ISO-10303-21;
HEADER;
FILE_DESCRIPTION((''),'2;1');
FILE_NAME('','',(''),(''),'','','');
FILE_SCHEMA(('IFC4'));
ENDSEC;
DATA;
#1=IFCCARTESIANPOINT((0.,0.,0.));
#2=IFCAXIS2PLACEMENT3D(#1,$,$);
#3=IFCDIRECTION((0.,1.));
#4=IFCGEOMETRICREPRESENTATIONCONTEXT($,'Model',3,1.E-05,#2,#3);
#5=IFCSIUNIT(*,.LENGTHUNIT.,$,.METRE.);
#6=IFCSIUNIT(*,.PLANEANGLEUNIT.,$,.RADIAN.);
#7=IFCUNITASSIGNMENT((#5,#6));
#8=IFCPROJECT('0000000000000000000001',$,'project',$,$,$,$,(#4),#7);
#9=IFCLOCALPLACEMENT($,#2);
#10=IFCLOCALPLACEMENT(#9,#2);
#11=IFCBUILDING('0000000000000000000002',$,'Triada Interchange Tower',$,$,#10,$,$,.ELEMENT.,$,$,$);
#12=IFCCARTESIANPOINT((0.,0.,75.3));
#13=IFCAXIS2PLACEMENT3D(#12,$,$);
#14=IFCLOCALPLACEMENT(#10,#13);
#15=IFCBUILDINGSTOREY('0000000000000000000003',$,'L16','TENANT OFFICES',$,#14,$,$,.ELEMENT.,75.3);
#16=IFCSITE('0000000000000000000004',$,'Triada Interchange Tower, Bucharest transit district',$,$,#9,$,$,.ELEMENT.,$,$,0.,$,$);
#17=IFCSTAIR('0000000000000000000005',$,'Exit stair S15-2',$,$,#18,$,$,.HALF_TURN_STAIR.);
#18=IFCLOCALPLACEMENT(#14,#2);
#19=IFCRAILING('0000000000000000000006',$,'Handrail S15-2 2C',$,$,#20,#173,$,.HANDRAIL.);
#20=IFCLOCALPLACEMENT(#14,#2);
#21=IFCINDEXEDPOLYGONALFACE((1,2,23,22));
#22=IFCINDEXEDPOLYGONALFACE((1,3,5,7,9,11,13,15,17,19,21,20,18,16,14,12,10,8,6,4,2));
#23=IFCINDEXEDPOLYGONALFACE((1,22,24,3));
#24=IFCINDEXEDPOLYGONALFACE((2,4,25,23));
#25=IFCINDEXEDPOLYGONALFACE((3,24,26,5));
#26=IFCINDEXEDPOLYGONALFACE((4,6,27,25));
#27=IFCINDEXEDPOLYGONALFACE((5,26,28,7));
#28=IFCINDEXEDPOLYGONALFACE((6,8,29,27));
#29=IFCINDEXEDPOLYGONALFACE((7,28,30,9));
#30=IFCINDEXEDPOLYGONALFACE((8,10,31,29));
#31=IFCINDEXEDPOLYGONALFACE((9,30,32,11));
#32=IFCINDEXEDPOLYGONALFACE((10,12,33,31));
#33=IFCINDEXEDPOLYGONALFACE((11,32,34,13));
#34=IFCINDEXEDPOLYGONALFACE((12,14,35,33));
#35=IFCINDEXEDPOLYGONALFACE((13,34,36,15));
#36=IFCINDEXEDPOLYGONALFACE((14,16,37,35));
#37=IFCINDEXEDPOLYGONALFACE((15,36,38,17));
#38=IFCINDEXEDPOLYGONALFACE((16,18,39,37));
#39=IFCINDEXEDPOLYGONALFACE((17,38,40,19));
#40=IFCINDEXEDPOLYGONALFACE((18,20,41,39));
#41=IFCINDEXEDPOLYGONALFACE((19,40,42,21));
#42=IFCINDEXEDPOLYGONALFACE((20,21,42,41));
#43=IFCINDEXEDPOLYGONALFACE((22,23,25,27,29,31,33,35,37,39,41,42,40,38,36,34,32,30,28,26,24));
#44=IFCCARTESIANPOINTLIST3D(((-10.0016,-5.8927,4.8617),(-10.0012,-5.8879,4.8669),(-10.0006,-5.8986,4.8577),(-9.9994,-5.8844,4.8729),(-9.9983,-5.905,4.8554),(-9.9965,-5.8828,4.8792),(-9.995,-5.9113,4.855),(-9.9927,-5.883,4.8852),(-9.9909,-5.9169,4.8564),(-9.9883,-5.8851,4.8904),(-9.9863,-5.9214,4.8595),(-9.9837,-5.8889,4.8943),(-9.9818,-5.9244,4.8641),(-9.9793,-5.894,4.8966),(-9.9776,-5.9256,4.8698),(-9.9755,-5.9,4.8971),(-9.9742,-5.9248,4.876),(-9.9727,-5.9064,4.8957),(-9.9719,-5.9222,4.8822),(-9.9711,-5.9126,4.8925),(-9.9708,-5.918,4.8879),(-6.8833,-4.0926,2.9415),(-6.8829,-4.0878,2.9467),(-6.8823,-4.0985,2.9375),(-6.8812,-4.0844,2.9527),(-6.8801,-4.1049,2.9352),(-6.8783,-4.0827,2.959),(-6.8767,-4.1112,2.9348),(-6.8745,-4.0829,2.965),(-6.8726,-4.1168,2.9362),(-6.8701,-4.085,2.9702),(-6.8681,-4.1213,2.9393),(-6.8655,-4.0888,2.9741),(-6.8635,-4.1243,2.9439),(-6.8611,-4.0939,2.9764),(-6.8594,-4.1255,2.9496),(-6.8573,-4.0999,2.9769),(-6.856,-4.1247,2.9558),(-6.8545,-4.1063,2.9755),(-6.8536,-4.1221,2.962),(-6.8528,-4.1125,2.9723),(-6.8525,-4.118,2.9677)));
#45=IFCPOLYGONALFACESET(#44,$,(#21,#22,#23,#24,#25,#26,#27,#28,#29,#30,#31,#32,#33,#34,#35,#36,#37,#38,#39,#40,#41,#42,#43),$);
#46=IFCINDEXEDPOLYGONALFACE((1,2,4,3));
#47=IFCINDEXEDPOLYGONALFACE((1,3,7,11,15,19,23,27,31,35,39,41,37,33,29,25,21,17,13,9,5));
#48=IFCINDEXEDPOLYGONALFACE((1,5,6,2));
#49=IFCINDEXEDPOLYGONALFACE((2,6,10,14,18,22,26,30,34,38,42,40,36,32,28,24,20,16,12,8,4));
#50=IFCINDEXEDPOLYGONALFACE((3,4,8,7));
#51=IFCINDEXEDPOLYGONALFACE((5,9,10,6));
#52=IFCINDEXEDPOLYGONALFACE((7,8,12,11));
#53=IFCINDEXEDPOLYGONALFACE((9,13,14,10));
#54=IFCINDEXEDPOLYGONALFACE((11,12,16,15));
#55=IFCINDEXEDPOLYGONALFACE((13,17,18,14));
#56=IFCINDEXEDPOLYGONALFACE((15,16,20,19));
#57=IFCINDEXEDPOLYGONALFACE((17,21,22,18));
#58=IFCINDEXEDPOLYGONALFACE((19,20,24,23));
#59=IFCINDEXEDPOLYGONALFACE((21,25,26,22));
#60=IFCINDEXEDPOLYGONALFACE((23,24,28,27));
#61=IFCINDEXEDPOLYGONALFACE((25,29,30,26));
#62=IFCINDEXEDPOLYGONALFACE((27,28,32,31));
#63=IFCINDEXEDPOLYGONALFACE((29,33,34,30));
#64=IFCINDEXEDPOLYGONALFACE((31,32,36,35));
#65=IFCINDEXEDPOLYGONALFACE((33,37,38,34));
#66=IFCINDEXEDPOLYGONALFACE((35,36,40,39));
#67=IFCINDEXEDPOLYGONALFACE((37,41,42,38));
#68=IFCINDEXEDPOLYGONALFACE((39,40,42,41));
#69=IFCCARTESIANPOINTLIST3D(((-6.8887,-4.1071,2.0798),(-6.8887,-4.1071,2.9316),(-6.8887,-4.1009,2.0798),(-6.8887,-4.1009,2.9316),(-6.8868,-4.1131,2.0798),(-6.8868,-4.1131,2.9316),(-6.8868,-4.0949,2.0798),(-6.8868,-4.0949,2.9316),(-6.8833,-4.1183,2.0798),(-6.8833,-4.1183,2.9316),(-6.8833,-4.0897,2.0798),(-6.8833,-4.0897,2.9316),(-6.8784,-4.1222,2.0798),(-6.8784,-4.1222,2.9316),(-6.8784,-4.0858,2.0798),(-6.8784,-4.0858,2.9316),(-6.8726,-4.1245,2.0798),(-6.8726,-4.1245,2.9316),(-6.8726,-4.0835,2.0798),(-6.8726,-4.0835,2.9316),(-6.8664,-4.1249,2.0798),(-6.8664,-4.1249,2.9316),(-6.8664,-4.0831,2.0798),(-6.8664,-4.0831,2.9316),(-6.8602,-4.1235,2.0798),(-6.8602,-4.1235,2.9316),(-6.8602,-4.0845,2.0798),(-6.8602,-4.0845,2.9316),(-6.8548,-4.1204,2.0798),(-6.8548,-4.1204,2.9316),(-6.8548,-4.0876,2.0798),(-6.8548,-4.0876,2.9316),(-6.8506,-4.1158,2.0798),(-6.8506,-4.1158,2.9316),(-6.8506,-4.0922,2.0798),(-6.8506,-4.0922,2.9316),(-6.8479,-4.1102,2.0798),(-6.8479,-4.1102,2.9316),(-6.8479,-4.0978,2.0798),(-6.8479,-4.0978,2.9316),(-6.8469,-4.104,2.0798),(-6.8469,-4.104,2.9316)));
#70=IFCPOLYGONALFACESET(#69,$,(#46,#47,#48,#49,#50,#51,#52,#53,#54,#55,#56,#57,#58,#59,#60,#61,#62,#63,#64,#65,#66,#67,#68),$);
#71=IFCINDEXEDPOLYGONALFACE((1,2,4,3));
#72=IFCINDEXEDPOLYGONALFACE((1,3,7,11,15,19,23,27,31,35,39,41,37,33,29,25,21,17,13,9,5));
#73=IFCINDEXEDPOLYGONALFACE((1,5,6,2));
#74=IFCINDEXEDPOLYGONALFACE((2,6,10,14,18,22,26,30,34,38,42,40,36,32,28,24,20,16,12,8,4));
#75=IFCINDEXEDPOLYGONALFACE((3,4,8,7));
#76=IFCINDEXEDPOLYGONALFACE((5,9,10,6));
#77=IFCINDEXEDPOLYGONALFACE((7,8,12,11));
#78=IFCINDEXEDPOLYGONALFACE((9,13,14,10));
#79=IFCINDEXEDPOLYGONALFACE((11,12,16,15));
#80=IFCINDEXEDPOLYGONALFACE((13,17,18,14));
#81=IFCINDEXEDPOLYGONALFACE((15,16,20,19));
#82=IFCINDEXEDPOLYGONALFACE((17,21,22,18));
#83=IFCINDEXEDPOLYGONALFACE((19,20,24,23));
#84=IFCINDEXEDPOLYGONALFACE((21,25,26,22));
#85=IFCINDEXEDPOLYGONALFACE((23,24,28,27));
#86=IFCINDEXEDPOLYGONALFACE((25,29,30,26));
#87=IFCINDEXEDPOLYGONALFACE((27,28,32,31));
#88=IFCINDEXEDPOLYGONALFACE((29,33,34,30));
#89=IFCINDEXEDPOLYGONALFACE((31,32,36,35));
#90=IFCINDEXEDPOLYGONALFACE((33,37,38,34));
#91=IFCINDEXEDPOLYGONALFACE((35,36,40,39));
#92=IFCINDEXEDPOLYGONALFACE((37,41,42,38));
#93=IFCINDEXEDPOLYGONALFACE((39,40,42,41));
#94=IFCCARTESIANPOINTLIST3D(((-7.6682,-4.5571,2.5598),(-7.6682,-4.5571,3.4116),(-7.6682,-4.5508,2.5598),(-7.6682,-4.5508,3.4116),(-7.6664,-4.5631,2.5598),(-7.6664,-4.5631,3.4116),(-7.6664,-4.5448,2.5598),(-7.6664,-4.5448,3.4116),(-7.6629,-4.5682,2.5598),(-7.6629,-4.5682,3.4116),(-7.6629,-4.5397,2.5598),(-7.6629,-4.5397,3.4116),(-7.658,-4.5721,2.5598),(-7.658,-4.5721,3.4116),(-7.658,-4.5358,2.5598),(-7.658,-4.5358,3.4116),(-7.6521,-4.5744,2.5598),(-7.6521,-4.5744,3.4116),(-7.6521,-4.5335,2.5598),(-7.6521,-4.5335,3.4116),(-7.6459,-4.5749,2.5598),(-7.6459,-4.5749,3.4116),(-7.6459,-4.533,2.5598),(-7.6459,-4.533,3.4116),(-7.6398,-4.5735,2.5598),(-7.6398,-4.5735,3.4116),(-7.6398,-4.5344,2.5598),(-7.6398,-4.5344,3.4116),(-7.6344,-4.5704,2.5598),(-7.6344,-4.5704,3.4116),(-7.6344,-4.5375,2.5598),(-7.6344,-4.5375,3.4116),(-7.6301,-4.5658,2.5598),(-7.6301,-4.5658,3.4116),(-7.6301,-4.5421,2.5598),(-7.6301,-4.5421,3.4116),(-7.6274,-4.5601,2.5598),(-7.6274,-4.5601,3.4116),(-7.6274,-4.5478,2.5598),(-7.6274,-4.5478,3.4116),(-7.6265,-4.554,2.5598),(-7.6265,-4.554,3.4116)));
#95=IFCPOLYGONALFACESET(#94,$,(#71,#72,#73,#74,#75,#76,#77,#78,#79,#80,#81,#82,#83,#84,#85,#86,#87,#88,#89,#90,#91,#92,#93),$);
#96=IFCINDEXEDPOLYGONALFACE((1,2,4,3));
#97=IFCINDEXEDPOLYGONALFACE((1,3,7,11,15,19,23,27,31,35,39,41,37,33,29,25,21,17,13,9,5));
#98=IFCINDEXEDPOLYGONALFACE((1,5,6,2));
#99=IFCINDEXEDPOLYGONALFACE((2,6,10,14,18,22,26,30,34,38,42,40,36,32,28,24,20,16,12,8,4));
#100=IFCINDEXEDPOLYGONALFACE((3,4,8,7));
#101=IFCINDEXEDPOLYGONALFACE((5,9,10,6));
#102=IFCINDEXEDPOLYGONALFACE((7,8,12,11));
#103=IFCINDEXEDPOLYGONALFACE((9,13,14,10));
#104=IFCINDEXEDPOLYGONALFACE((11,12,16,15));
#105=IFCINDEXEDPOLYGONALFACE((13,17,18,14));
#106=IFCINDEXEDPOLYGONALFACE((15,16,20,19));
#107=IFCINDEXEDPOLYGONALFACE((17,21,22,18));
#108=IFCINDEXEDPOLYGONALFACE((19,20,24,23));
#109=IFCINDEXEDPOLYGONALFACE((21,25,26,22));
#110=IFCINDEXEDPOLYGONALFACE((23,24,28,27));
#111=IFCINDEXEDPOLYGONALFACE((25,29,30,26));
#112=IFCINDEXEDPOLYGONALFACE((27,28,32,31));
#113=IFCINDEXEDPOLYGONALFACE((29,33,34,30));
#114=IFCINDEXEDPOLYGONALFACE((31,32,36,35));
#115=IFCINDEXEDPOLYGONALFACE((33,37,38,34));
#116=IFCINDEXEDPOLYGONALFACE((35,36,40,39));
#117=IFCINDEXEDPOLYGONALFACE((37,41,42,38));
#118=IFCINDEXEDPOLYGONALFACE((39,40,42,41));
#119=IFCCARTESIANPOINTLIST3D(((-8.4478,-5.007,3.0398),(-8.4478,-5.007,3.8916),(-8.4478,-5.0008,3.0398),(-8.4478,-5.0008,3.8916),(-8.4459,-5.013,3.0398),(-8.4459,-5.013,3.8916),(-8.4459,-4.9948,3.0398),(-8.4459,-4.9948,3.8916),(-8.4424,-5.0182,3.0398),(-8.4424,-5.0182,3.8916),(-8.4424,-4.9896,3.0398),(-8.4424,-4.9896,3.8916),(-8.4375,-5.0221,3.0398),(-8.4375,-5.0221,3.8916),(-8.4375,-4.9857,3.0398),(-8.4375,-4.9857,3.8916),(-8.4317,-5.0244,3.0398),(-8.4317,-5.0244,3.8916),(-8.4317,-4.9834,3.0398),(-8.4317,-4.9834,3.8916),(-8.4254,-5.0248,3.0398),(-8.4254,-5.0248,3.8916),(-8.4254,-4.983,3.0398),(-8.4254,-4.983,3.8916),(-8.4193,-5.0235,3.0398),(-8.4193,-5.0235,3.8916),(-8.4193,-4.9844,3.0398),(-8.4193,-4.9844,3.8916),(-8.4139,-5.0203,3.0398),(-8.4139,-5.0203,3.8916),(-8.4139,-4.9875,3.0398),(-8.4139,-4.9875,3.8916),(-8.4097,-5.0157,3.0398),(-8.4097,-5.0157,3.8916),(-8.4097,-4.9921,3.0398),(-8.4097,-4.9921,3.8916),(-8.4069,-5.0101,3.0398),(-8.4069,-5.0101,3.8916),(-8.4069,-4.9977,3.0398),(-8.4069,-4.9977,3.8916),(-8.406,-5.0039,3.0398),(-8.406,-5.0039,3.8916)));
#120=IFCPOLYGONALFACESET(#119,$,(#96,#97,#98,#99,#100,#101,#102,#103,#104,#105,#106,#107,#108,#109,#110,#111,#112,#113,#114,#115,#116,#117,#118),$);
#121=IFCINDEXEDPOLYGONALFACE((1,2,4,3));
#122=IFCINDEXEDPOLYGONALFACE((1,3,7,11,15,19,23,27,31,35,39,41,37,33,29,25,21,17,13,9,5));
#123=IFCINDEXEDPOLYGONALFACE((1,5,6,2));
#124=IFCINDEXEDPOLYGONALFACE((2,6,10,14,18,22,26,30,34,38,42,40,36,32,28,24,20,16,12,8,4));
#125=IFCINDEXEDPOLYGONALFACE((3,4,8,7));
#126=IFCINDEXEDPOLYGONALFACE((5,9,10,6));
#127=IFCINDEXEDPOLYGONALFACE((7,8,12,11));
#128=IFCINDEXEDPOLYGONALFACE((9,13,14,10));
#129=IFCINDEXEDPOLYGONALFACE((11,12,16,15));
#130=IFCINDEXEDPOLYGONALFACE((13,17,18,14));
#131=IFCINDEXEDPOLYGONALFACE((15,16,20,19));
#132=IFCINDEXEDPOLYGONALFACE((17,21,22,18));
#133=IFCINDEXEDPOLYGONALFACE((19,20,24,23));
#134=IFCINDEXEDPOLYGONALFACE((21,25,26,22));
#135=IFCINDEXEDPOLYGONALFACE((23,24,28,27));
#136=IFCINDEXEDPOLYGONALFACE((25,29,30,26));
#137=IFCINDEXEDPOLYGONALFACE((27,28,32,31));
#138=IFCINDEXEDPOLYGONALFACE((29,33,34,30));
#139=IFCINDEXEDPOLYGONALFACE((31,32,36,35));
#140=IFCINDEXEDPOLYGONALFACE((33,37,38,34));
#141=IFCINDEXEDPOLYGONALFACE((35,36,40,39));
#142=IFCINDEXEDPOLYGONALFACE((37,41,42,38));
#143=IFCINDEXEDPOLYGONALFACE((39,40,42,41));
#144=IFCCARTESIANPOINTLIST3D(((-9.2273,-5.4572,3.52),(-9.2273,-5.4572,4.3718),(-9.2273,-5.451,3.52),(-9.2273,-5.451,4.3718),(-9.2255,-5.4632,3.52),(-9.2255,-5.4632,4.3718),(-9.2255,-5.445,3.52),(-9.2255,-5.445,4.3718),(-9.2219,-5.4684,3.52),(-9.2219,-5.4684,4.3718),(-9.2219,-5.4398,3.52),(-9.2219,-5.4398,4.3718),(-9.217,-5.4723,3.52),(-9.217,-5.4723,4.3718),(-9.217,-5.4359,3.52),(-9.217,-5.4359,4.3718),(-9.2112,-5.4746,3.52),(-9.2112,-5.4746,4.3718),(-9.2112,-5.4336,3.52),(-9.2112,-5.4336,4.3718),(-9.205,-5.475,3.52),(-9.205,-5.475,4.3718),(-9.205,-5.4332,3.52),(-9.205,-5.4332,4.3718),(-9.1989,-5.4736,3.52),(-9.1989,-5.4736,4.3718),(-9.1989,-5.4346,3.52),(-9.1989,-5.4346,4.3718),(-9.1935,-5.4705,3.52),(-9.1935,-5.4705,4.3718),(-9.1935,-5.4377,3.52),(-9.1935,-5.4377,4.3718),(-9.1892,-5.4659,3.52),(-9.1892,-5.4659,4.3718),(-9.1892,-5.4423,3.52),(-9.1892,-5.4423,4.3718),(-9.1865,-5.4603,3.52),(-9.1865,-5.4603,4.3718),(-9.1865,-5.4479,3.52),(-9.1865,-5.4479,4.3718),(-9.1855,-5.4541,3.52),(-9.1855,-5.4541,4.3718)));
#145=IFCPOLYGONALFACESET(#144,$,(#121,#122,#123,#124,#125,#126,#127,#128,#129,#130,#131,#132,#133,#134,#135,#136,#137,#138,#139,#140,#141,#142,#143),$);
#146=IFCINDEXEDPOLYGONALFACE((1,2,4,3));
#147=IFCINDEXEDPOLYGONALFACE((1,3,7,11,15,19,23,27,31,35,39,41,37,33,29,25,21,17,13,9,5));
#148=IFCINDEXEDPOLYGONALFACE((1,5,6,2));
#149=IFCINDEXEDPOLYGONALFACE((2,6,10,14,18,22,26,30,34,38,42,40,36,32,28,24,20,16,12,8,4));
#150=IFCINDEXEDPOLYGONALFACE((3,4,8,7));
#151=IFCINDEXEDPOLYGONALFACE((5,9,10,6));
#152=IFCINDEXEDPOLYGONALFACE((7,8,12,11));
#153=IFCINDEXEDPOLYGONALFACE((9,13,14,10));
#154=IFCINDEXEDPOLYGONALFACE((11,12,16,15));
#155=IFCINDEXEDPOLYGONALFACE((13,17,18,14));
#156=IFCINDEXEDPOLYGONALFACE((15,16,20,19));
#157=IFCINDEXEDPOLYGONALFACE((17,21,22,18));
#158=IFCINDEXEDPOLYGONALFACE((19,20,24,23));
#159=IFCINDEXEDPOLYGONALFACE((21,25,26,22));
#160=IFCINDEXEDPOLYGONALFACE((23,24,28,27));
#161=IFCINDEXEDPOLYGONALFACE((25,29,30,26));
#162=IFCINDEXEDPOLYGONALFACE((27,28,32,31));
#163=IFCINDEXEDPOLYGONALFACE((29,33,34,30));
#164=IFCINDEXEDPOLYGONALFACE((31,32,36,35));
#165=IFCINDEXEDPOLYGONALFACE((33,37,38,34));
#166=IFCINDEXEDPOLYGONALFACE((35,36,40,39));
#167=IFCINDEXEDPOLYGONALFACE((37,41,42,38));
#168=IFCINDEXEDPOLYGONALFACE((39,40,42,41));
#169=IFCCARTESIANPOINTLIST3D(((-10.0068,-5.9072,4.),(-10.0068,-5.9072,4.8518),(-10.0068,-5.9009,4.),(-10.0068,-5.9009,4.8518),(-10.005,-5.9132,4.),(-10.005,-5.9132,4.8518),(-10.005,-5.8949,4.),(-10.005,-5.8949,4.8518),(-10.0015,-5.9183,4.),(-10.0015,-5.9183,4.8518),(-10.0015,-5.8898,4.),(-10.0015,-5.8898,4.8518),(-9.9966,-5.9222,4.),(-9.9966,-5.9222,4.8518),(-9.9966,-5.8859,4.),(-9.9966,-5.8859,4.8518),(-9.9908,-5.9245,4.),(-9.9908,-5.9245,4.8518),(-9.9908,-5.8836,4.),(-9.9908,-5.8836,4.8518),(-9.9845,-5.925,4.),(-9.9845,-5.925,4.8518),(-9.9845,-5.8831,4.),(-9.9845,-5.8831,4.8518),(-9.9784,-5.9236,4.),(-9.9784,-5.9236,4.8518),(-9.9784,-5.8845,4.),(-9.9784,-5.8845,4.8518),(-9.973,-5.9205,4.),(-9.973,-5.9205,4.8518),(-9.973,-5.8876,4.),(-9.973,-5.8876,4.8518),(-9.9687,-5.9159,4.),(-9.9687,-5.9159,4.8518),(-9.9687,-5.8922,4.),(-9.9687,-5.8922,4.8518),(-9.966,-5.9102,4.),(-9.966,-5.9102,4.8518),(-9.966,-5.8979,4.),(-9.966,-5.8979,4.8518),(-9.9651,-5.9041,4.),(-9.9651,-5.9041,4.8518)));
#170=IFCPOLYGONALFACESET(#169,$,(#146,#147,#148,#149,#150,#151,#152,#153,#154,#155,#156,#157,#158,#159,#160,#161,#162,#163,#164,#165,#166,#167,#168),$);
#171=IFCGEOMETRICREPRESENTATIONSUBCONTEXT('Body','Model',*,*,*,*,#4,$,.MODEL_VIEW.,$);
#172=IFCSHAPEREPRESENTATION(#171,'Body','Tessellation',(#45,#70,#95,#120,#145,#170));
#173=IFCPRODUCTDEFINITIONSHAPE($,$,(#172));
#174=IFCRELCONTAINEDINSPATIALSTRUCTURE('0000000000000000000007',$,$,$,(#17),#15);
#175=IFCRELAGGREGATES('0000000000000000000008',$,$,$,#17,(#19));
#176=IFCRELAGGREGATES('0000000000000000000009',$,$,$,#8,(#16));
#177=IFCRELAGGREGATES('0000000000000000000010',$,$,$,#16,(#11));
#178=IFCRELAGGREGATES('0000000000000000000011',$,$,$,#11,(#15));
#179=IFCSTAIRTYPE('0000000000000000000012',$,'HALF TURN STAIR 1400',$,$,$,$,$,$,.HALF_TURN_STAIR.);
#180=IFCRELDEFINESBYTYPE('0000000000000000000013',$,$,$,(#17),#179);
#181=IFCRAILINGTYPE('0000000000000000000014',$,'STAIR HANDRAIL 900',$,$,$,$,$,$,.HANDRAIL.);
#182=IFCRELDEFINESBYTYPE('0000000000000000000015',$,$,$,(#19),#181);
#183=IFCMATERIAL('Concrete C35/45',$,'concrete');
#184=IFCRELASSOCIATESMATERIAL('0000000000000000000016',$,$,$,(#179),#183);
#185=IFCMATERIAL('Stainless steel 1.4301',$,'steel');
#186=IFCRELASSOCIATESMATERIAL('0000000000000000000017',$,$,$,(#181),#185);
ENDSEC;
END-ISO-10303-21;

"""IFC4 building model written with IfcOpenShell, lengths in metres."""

from ifc_helpers import new_model, si_unit, direction, frame, origin, origin_2d, place, context, subcontext, project, spatial, circle, extrude, material, type_object, element, aggregate, save


model = new_model("IFC4")

# Units and contexts
model_context = context("Model", 3, precision=1e-05, world=origin(), true_north=direction((0.0, 1.0)))
body_context = subcontext(model_context, "Body", "Model", "MODEL_VIEW")
ifc_project = project(units=[si_unit("LENGTHUNIT", "METRE"), si_unit("PLANEANGLEUNIT", "RADIAN")], contexts=[model_context])

# Site, building, storey
site_placement = place(None, origin())
site = spatial("IfcSite", under=ifc_project, at=site_placement, Name="Triada Interchange Tower, Bucharest transit district", CompositionType="ELEMENT", RefElevation=0.0)
building_placement = place(site_placement, origin())
building = spatial("IfcBuilding", under=site, at=building_placement, Name="Triada Interchange Tower", CompositionType="ELEMENT")
storey_placement = place(building_placement, frame((0.0, 0.0, 75.3)))
storey = spatial("IfcBuildingStorey", under=building, at=storey_placement, Name="L16", Description="TENANT OFFICES", CompositionType="ELEMENT", Elevation=75.3)

# Stair, railing
ifc_material_1 = material(Name="Concrete C35/45", Category="concrete")
stair_type = type_object("IfcStairType", Name="HALF TURN STAIR 1400", PredefinedType="HALF_TURN_STAIR", material=ifc_material_1)
stair_placement = place(storey_placement, origin())
stair = element("IfcStair", 1, at=stair_placement, inside=storey, type_object=stair_type, Name="Exit stair S15-2", PredefinedType="HALF_TURN_STAIR")
ifc_material_2 = material(Name="Stainless steel 1.4301", Category="steel")
railing_type = type_object("IfcRailingType", Name="STAIR HANDRAIL 900", PredefinedType="HANDRAIL", material=ifc_material_2)
railing_1_placement = place(storey_placement, frame((-6.8679, -4.104, 2.0798)))
railing_1 = element("IfcRailing", 2, at=railing_1_placement, type_object=railing_type, Name="Handrail S15-2 2C", PredefinedType="HANDRAIL", context=body_context, shape_type="SweptSolid", body=[
    extrude(circle(Radius=0.0239, at=origin_2d()), frame((0.0, 0.0, 0.876), z_axis=(-0.76417, -0.441139, 0.470576), x_axis=(0.499953, -0.866052, 0.0)), (0.0, 0.0, 1.0), 4.0806),
    extrude(circle(Radius=0.021, at=origin_2d()), origin(), (0.0, 0.0, 1.0), 0.8518),
    extrude(circle(Radius=0.021, at=origin_2d()), frame((-0.7795, -0.45, 0.48)), (0.0, 0.0, 1.0), 0.8518),
    extrude(circle(Radius=0.021, at=origin_2d()), frame((-1.5591, -0.8999, 0.96)), (0.0, 0.0, 1.0), 0.8518),
    extrude(circle(Radius=0.021, at=origin_2d()), frame((-2.3386, -1.3501, 1.4402)), (0.0, 0.0, 1.0), 0.8518),
    extrude(circle(Radius=0.021, at=origin_2d()), frame((-3.1182, -1.8, 1.9202)), (0.0, 0.0, 1.0), 0.8518),
])
aggregate(stair, [railing_1])

save(model, "model.ifc")
